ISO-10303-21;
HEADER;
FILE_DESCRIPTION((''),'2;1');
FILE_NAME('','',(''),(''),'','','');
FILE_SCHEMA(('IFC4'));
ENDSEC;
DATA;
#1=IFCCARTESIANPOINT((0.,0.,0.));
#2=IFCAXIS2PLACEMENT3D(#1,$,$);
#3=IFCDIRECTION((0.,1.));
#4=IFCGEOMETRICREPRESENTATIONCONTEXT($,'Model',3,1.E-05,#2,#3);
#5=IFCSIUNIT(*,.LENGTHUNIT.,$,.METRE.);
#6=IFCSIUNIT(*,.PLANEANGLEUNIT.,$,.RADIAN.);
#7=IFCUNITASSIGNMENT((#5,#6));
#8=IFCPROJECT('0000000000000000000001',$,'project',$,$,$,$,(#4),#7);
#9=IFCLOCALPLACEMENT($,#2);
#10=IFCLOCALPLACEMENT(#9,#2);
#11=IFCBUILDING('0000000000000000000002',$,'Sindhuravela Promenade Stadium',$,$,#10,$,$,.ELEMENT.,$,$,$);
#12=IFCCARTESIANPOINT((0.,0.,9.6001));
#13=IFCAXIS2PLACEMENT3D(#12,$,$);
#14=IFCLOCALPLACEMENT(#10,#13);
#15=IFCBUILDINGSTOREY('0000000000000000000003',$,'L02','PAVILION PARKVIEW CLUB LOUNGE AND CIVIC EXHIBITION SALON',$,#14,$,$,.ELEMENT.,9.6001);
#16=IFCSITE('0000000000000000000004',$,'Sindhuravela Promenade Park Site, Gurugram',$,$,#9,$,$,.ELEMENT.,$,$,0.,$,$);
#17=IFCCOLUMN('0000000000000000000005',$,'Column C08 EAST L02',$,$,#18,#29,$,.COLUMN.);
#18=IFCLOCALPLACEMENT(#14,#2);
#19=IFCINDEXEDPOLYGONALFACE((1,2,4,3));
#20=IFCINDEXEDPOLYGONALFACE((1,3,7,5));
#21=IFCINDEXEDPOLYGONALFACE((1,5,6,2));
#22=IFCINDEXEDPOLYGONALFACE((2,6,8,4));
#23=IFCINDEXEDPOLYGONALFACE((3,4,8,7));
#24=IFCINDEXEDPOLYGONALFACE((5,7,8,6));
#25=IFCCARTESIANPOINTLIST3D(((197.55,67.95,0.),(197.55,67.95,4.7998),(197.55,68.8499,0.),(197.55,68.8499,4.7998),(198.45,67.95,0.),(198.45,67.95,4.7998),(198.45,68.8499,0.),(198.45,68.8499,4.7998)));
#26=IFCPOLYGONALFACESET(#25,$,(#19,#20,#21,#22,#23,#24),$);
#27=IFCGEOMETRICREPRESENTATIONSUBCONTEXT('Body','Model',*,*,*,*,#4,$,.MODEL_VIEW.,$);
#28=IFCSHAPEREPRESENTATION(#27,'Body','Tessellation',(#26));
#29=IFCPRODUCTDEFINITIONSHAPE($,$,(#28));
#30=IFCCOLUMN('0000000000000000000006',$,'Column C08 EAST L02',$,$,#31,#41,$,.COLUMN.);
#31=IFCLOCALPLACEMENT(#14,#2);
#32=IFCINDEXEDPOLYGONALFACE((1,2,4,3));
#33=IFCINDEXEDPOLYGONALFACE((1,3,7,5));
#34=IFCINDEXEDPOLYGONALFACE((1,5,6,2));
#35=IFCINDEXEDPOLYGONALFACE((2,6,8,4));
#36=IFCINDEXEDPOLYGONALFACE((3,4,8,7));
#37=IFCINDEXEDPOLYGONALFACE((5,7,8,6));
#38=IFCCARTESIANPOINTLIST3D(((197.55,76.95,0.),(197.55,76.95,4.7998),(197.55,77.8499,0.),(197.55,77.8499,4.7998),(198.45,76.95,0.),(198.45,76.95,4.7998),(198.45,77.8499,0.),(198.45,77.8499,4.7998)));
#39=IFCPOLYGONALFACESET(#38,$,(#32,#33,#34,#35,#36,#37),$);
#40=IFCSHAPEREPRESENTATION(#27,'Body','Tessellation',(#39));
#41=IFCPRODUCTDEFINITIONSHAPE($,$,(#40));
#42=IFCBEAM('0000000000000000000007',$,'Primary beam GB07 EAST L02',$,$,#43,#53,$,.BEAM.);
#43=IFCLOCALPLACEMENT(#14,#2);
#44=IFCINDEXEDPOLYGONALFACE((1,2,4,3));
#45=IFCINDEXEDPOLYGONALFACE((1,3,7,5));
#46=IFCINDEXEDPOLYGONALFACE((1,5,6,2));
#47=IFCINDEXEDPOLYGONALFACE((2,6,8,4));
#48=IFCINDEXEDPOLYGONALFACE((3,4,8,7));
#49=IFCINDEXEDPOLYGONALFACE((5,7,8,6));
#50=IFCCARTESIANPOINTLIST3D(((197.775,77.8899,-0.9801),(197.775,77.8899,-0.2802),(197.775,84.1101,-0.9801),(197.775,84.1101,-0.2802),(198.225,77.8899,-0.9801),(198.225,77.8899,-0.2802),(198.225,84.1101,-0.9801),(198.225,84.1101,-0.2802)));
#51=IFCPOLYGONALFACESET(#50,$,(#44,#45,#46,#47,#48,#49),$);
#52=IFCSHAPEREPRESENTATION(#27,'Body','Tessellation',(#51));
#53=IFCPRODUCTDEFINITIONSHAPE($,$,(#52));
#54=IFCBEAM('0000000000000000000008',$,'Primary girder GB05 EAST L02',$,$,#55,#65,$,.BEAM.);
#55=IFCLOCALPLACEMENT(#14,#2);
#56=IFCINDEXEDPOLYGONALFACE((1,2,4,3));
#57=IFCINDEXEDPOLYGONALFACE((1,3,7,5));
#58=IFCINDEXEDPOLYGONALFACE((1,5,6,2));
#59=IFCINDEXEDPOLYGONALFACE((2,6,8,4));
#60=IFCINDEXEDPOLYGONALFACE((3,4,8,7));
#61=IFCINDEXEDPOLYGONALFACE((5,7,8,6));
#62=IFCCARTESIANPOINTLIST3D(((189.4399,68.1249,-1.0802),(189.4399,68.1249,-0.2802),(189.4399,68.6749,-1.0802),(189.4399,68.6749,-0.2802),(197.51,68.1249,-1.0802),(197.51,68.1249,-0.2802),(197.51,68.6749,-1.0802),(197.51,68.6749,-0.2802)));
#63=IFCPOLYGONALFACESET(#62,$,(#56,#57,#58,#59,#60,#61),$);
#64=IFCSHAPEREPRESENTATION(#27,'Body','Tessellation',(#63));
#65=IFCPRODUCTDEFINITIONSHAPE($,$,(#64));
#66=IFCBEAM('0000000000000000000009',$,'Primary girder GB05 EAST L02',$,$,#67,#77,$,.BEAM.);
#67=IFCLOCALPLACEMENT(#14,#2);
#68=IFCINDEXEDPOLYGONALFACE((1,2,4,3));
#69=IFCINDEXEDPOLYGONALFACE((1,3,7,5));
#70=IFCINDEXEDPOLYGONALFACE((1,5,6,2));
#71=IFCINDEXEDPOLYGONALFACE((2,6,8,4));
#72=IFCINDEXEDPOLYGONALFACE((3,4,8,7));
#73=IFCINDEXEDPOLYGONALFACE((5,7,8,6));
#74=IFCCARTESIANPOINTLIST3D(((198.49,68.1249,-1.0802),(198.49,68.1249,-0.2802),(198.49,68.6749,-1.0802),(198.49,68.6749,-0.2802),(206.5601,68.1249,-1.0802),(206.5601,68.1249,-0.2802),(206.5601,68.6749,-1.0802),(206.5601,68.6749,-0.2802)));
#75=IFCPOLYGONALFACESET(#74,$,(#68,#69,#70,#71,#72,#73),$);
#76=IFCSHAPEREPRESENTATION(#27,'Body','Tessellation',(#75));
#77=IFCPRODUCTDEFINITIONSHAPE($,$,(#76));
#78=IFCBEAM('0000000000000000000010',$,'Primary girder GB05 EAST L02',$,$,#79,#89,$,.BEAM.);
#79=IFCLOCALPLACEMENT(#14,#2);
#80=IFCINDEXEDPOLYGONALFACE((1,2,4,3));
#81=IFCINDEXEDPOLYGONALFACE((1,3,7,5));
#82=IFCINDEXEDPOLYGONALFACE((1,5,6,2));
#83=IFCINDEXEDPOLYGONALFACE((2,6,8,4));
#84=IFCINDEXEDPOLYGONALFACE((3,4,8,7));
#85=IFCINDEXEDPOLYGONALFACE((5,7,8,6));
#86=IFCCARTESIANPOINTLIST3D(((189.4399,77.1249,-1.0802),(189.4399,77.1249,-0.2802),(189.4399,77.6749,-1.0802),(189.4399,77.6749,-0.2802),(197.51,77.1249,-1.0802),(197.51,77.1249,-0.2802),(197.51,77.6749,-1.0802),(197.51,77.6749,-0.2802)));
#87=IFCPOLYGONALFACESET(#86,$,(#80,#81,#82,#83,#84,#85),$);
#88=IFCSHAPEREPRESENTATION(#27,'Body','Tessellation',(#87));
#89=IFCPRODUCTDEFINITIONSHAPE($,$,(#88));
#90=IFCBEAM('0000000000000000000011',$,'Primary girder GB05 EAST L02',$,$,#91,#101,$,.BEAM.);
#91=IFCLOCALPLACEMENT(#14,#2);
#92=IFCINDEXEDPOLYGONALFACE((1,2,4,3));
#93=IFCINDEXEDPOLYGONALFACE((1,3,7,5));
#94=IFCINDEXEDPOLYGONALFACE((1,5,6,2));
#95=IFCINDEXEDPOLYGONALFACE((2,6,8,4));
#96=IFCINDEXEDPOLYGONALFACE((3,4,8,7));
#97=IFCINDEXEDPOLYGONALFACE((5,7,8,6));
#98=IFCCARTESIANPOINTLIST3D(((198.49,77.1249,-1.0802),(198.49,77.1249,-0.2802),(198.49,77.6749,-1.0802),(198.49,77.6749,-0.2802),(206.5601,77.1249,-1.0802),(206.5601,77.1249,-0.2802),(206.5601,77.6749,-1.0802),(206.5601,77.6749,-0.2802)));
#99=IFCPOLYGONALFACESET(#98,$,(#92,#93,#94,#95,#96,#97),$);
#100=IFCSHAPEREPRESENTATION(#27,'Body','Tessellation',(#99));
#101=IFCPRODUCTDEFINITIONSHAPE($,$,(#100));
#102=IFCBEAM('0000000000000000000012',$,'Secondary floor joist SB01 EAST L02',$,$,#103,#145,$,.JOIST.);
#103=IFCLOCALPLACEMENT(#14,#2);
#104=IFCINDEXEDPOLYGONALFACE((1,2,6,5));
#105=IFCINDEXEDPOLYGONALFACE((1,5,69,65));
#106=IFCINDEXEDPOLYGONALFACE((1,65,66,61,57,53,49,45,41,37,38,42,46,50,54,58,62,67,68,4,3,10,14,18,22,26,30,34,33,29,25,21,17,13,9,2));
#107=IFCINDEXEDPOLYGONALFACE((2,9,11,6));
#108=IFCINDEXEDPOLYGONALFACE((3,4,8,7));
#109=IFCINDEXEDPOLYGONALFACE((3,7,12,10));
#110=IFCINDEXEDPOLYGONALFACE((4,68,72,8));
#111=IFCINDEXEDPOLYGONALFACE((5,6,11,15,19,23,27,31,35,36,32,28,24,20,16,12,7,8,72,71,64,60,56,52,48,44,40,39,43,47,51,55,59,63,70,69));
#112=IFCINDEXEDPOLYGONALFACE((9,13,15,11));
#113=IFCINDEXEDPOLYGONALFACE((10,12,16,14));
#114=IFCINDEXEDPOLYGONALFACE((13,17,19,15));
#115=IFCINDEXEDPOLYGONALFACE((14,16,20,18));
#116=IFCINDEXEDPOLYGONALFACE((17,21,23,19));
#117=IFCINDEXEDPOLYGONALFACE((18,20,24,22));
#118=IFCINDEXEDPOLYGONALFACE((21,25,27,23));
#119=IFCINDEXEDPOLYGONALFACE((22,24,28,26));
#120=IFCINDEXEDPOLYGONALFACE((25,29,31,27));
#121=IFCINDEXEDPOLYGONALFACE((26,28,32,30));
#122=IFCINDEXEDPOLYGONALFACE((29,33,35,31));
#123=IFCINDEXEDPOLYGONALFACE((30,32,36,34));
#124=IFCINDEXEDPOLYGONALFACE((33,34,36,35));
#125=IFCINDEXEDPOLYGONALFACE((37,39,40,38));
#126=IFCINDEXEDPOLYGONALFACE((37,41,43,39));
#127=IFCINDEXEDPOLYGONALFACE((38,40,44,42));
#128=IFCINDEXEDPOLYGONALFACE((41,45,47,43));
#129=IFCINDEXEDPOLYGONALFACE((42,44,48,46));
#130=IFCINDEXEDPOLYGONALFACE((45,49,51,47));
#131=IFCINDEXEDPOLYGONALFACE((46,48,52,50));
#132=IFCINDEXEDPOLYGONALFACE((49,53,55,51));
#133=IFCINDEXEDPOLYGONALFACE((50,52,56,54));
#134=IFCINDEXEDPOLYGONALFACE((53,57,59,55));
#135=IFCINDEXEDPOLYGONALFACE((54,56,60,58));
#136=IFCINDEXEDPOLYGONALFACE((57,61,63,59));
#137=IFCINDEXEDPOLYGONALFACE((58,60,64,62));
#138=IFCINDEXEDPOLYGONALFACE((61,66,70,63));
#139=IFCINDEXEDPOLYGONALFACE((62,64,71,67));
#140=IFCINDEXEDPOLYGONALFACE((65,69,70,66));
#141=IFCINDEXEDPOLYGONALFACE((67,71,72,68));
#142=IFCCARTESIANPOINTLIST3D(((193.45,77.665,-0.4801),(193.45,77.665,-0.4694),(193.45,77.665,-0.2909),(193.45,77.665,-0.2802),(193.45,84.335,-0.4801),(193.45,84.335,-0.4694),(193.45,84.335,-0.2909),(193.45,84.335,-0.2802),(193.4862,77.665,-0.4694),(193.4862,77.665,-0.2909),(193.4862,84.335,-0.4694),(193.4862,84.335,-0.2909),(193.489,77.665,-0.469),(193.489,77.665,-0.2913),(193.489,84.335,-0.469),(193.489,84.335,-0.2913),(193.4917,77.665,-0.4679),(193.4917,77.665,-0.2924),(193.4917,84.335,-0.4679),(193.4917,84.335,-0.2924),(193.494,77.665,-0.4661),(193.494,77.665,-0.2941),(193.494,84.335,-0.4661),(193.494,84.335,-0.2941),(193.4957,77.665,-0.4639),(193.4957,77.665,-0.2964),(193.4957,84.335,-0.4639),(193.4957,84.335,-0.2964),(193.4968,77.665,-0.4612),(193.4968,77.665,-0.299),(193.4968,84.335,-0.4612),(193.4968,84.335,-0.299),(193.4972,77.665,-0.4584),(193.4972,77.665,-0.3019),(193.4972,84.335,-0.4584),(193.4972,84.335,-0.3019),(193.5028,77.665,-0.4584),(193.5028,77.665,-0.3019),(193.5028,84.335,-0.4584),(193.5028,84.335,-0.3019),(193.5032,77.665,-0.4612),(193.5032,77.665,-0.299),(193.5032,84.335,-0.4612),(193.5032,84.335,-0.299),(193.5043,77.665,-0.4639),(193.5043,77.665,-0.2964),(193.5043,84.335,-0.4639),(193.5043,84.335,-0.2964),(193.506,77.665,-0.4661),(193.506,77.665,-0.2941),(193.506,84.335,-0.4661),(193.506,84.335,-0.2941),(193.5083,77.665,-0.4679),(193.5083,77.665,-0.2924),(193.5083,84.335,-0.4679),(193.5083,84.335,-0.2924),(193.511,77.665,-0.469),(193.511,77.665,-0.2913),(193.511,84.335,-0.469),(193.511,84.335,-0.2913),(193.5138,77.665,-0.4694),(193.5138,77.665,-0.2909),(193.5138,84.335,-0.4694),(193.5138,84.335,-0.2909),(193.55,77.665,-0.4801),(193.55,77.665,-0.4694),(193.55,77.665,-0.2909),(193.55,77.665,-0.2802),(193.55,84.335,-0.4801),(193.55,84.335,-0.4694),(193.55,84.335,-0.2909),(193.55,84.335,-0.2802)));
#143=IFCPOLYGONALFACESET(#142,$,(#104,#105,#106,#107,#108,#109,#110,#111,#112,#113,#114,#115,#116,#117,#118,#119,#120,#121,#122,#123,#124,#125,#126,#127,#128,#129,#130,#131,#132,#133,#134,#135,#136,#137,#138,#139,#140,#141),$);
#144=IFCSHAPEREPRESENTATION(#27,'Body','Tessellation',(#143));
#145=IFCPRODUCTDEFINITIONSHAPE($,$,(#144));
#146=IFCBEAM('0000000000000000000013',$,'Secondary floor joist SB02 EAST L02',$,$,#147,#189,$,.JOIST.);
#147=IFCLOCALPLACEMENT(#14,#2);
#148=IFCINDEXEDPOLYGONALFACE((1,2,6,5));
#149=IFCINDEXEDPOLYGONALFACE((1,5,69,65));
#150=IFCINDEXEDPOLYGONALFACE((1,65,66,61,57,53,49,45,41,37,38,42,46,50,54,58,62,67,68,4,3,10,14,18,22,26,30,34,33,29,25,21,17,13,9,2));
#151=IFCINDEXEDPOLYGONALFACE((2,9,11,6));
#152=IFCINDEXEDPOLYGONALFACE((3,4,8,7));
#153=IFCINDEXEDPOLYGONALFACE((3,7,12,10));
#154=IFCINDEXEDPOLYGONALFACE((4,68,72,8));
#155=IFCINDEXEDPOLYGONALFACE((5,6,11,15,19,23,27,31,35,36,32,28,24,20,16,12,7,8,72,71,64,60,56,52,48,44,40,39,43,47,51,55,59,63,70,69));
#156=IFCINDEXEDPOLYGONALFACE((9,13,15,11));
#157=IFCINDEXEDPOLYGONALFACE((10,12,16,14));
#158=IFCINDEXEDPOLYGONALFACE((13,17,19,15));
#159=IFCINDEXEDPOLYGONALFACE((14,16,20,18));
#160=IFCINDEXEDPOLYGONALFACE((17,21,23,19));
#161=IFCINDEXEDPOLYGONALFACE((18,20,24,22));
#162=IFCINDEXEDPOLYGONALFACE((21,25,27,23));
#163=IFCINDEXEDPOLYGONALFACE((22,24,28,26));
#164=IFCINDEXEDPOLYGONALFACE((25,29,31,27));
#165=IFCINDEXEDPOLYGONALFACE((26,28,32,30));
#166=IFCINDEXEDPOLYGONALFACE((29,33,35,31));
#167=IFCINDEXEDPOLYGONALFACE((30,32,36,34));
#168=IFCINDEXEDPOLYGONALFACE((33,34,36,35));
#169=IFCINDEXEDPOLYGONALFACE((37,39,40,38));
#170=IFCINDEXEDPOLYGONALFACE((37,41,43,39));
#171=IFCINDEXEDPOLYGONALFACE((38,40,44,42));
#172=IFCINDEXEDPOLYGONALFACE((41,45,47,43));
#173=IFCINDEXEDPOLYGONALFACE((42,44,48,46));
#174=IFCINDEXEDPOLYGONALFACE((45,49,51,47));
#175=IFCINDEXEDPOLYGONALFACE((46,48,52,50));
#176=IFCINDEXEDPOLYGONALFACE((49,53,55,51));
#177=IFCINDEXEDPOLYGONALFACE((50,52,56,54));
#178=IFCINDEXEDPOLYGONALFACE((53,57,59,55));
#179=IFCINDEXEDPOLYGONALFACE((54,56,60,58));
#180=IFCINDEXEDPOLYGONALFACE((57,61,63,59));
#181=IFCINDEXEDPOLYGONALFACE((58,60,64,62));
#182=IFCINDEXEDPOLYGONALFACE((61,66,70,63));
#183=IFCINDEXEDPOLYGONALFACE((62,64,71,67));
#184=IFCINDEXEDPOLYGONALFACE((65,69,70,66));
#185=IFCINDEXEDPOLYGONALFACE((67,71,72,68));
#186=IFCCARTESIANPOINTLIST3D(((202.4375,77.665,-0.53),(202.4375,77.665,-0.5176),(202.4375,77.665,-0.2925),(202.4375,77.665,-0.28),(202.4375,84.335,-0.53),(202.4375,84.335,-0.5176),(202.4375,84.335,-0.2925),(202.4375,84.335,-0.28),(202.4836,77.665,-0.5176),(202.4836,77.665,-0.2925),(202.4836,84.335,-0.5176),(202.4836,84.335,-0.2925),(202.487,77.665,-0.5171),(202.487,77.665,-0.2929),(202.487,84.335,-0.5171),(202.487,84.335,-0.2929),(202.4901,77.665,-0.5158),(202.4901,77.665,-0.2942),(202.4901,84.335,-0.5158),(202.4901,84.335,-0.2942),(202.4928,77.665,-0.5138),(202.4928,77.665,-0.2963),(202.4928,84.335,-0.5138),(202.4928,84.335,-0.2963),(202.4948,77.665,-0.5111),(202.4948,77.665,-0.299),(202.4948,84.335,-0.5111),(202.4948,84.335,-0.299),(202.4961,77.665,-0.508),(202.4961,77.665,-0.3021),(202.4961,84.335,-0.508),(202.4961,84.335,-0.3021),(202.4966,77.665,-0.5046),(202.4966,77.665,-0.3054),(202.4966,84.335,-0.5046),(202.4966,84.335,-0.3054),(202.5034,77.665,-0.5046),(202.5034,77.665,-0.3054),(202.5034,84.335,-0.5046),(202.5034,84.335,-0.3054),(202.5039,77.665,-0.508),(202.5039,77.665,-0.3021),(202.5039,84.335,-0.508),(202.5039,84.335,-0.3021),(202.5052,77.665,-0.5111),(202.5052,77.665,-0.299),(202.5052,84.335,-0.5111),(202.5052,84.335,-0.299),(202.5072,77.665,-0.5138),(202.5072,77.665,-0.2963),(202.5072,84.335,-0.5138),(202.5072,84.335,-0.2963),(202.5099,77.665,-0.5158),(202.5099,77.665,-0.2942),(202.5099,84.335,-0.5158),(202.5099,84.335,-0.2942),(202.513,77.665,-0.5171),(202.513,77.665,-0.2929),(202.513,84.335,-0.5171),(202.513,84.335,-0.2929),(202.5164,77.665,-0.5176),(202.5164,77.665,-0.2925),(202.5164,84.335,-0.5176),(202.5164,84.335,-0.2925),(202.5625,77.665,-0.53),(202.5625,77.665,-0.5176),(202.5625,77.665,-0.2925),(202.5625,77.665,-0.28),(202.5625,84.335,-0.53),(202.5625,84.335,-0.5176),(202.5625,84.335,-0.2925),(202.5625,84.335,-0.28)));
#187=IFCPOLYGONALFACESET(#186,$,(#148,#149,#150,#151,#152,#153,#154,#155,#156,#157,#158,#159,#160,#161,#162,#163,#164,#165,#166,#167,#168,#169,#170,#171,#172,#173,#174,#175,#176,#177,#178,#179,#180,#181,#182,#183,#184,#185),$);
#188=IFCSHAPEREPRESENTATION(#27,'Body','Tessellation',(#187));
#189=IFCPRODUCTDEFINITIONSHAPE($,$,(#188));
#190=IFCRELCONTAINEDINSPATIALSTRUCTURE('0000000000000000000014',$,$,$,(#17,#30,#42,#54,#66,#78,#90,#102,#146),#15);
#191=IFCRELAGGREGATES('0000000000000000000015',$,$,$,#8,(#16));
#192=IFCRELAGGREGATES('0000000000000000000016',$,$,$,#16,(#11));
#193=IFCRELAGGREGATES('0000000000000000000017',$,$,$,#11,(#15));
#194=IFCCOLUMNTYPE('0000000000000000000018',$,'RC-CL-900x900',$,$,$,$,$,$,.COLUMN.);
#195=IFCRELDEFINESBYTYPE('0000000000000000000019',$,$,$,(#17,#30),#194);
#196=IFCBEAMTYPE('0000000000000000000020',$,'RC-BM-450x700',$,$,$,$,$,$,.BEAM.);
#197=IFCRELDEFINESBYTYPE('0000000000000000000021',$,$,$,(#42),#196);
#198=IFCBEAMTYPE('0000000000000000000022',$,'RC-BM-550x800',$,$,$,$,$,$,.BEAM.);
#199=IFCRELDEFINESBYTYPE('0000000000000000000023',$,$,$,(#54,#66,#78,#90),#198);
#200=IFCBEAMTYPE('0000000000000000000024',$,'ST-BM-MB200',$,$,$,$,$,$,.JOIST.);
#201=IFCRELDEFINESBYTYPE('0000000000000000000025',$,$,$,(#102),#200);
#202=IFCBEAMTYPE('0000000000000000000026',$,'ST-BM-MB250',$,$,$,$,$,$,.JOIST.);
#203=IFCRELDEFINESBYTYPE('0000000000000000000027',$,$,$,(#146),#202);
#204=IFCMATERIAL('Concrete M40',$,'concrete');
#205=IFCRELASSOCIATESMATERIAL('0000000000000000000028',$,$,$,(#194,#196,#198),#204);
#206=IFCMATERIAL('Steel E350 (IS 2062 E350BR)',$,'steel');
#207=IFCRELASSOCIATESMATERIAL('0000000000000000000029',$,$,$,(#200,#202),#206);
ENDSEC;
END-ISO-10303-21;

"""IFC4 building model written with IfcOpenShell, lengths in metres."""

from ifc_helpers import new_model, si_unit, direction, frame, origin, origin_2d, place, context, subcontext, project, spatial, rectangle, i_section, extrude, material, material_profile, profile_set, type_object, element, save


model = new_model("IFC4")

# Units and contexts
model_context = context("Model", 3, precision=1e-05, world=origin(), true_north=direction((0.0, 1.0)))
body_context = subcontext(model_context, "Body", "Model", "MODEL_VIEW")
ifc_project = project(units=[si_unit("LENGTHUNIT", "METRE"), si_unit("PLANEANGLEUNIT", "RADIAN")], contexts=[model_context])

# Site, building, storey
site_placement = place(None, origin())
site = spatial("IfcSite", under=ifc_project, at=site_placement, Name="Sindhuravela Promenade Park Site, Gurugram", CompositionType="ELEMENT", RefElevation=0.0)
building_placement = place(site_placement, origin())
building = spatial("IfcBuilding", under=site, at=building_placement, Name="Sindhuravela Promenade Stadium", CompositionType="ELEMENT")
storey_placement = place(building_placement, frame((0.0, 0.0, 9.6001)))
storey = spatial("IfcBuildingStorey", under=building, at=storey_placement, Name="L02", Description="PAVILION PARKVIEW CLUB LOUNGE AND CIVIC EXHIBITION SALON", CompositionType="ELEMENT", Elevation=9.6001)

# Columns
ifc_material_1 = material(Name="Concrete M40", Category="concrete")
ifc_material_profile_1 = material_profile(ifc_material_1, rectangle(XDim=0.8999, YDim=0.8999, at=origin_2d()), Name="RC 900x900")
ifc_profile_set_1 = profile_set([ifc_material_profile_1], Name="Concrete M40")
column_type = type_object("IfcColumnType", Name="RC-CL-900x900", PredefinedType="COLUMN", material=ifc_profile_set_1)
for number, where, z_axis, x_axis, name in (
    (1, (198.0, 68.3999, 0.0), (0.0, 0.0, 1.0), (1.0, 0.0, 0.0), "Column C08 EAST L02"),
    (2, (198.0, 77.3999, 0.0), (0.0, 0.0, 1.0), (1.0, 0.0, 0.0), "Column C08 EAST L02"),
):
    element("IfcColumn", number, at=place(storey_placement, frame(where, z_axis=z_axis, x_axis=x_axis)), inside=storey, type_object=column_type, Name=name, PredefinedType="COLUMN", context=body_context, shape_type="SweptSolid", body=[
        extrude(rectangle(XDim=0.8999, YDim=0.8999, at=origin_2d()), origin(), (0.0, 0.0, 1.0), 4.7998),
    ])

# Beams
ifc_material_profile_2 = material_profile(ifc_material_1, rectangle(XDim=0.45, YDim=0.7, at=origin_2d()), Name="RC 450x700")
ifc_profile_set_2 = profile_set([ifc_material_profile_2], Name="Concrete M40")
beam_type_1 = type_object("IfcBeamType", Name="RC-BM-450x700", PredefinedType="BEAM", material=ifc_profile_set_2)
beam_1_placement = place(storey_placement, frame((198.0, 77.8899, -0.6301), z_axis=(0.0, 1.0, 0.0), x_axis=(-1.0, 0.0, 0.0)))
element("IfcBeam", 3, at=beam_1_placement, inside=storey, type_object=beam_type_1, Name="Primary beam GB07 EAST L02", PredefinedType="BEAM", context=body_context, shape_type="SweptSolid", body=[
    extrude(rectangle(XDim=0.45, YDim=0.7, at=origin_2d()), origin(), (0.0, 0.0, 1.0), 6.2202),
])
ifc_material_profile_3 = material_profile(ifc_material_1, rectangle(XDim=0.55, YDim=0.8, at=origin_2d()), Name="RC 550x800")
ifc_profile_set_3 = profile_set([ifc_material_profile_3], Name="Concrete M40")
beam_type_2 = type_object("IfcBeamType", Name="RC-BM-550x800", PredefinedType="BEAM", material=ifc_profile_set_3)
for number, where, z_axis, x_axis, name in (
    (4, (189.4399, 68.3999, -0.6802), (1.0, 0.0, 0.0), (0.0, 1.0, 0.0), "Primary girder GB05 EAST L02"),
    (5, (198.49, 68.3999, -0.6802), (1.0, 0.0, 0.0), (0.0, 1.0, 0.0), "Primary girder GB05 EAST L02"),
    (6, (189.4399, 77.3999, -0.6802), (1.0, 0.0, 0.0), (0.0, 1.0, 0.0), "Primary girder GB05 EAST L02"),
    (7, (198.49, 77.3999, -0.6802), (1.0, 0.0, 0.0), (0.0, 1.0, 0.0), "Primary girder GB05 EAST L02"),
):
    element("IfcBeam", number, at=place(storey_placement, frame(where, z_axis=z_axis, x_axis=x_axis)), inside=storey, type_object=beam_type_2, Name=name, PredefinedType="BEAM", context=body_context, shape_type="SweptSolid", body=[
        extrude(rectangle(XDim=0.55, YDim=0.8, at=origin_2d()), origin(), (0.0, 0.0, 1.0), 8.0701),
    ])
ifc_material_2 = material(Name="Steel E350 (IS 2062 E350BR)", Category="steel")
ifc_material_profile_4 = material_profile(ifc_material_2, i_section(OverallWidth=0.1001, OverallDepth=0.2, WebThickness=0.0056, FlangeThickness=0.0107, FilletRadius=0.011, at=origin_2d()), Name="ISMB 200")
ifc_profile_set_4 = profile_set([ifc_material_profile_4], Name="Steel E350 (IS 2062 E350BR)")
beam_type_3 = type_object("IfcBeamType", Name="ST-BM-MB200", PredefinedType="JOIST", material=ifc_profile_set_4)
beam_2_placement = place(storey_placement, frame((193.5, 77.665, -0.3801), z_axis=(0.0, 1.0, 0.0), x_axis=(-1.0, 0.0, 0.0)))
element("IfcBeam", 8, at=beam_2_placement, inside=storey, type_object=beam_type_3, Name="Secondary floor joist SB01 EAST L02", PredefinedType="JOIST", context=body_context, shape_type="SweptSolid", body=[
    extrude(i_section(OverallWidth=0.1001, OverallDepth=0.2, WebThickness=0.0056, FlangeThickness=0.0107, FilletRadius=0.011, at=origin_2d()), origin(), (0.0, 0.0, 1.0), 6.6699),
])
ifc_material_profile_5 = material_profile(ifc_material_2, i_section(OverallWidth=0.125, OverallDepth=0.25, WebThickness=0.0068, FlangeThickness=0.0125, FilletRadius=0.0129, at=origin_2d()), Name="ISMB 250")
ifc_profile_set_5 = profile_set([ifc_material_profile_5], Name="Steel E350 (IS 2062 E350BR)")
beam_type_4 = type_object("IfcBeamType", Name="ST-BM-MB250", PredefinedType="JOIST", material=ifc_profile_set_5)
beam_3_placement = place(storey_placement, frame((202.5, 77.665, -0.405), z_axis=(0.0, 1.0, 0.0), x_axis=(-1.0, 0.0, 0.0)))
element("IfcBeam", 9, at=beam_3_placement, inside=storey, type_object=beam_type_4, Name="Secondary floor joist SB02 EAST L02", PredefinedType="JOIST", context=body_context, shape_type="SweptSolid", body=[
    extrude(i_section(OverallWidth=0.125, OverallDepth=0.25, WebThickness=0.0068, FlangeThickness=0.0125, FilletRadius=0.0129, at=origin_2d()), origin(), (0.0, 0.0, 1.0), 6.6699),
])

save(model, "model.ifc")
